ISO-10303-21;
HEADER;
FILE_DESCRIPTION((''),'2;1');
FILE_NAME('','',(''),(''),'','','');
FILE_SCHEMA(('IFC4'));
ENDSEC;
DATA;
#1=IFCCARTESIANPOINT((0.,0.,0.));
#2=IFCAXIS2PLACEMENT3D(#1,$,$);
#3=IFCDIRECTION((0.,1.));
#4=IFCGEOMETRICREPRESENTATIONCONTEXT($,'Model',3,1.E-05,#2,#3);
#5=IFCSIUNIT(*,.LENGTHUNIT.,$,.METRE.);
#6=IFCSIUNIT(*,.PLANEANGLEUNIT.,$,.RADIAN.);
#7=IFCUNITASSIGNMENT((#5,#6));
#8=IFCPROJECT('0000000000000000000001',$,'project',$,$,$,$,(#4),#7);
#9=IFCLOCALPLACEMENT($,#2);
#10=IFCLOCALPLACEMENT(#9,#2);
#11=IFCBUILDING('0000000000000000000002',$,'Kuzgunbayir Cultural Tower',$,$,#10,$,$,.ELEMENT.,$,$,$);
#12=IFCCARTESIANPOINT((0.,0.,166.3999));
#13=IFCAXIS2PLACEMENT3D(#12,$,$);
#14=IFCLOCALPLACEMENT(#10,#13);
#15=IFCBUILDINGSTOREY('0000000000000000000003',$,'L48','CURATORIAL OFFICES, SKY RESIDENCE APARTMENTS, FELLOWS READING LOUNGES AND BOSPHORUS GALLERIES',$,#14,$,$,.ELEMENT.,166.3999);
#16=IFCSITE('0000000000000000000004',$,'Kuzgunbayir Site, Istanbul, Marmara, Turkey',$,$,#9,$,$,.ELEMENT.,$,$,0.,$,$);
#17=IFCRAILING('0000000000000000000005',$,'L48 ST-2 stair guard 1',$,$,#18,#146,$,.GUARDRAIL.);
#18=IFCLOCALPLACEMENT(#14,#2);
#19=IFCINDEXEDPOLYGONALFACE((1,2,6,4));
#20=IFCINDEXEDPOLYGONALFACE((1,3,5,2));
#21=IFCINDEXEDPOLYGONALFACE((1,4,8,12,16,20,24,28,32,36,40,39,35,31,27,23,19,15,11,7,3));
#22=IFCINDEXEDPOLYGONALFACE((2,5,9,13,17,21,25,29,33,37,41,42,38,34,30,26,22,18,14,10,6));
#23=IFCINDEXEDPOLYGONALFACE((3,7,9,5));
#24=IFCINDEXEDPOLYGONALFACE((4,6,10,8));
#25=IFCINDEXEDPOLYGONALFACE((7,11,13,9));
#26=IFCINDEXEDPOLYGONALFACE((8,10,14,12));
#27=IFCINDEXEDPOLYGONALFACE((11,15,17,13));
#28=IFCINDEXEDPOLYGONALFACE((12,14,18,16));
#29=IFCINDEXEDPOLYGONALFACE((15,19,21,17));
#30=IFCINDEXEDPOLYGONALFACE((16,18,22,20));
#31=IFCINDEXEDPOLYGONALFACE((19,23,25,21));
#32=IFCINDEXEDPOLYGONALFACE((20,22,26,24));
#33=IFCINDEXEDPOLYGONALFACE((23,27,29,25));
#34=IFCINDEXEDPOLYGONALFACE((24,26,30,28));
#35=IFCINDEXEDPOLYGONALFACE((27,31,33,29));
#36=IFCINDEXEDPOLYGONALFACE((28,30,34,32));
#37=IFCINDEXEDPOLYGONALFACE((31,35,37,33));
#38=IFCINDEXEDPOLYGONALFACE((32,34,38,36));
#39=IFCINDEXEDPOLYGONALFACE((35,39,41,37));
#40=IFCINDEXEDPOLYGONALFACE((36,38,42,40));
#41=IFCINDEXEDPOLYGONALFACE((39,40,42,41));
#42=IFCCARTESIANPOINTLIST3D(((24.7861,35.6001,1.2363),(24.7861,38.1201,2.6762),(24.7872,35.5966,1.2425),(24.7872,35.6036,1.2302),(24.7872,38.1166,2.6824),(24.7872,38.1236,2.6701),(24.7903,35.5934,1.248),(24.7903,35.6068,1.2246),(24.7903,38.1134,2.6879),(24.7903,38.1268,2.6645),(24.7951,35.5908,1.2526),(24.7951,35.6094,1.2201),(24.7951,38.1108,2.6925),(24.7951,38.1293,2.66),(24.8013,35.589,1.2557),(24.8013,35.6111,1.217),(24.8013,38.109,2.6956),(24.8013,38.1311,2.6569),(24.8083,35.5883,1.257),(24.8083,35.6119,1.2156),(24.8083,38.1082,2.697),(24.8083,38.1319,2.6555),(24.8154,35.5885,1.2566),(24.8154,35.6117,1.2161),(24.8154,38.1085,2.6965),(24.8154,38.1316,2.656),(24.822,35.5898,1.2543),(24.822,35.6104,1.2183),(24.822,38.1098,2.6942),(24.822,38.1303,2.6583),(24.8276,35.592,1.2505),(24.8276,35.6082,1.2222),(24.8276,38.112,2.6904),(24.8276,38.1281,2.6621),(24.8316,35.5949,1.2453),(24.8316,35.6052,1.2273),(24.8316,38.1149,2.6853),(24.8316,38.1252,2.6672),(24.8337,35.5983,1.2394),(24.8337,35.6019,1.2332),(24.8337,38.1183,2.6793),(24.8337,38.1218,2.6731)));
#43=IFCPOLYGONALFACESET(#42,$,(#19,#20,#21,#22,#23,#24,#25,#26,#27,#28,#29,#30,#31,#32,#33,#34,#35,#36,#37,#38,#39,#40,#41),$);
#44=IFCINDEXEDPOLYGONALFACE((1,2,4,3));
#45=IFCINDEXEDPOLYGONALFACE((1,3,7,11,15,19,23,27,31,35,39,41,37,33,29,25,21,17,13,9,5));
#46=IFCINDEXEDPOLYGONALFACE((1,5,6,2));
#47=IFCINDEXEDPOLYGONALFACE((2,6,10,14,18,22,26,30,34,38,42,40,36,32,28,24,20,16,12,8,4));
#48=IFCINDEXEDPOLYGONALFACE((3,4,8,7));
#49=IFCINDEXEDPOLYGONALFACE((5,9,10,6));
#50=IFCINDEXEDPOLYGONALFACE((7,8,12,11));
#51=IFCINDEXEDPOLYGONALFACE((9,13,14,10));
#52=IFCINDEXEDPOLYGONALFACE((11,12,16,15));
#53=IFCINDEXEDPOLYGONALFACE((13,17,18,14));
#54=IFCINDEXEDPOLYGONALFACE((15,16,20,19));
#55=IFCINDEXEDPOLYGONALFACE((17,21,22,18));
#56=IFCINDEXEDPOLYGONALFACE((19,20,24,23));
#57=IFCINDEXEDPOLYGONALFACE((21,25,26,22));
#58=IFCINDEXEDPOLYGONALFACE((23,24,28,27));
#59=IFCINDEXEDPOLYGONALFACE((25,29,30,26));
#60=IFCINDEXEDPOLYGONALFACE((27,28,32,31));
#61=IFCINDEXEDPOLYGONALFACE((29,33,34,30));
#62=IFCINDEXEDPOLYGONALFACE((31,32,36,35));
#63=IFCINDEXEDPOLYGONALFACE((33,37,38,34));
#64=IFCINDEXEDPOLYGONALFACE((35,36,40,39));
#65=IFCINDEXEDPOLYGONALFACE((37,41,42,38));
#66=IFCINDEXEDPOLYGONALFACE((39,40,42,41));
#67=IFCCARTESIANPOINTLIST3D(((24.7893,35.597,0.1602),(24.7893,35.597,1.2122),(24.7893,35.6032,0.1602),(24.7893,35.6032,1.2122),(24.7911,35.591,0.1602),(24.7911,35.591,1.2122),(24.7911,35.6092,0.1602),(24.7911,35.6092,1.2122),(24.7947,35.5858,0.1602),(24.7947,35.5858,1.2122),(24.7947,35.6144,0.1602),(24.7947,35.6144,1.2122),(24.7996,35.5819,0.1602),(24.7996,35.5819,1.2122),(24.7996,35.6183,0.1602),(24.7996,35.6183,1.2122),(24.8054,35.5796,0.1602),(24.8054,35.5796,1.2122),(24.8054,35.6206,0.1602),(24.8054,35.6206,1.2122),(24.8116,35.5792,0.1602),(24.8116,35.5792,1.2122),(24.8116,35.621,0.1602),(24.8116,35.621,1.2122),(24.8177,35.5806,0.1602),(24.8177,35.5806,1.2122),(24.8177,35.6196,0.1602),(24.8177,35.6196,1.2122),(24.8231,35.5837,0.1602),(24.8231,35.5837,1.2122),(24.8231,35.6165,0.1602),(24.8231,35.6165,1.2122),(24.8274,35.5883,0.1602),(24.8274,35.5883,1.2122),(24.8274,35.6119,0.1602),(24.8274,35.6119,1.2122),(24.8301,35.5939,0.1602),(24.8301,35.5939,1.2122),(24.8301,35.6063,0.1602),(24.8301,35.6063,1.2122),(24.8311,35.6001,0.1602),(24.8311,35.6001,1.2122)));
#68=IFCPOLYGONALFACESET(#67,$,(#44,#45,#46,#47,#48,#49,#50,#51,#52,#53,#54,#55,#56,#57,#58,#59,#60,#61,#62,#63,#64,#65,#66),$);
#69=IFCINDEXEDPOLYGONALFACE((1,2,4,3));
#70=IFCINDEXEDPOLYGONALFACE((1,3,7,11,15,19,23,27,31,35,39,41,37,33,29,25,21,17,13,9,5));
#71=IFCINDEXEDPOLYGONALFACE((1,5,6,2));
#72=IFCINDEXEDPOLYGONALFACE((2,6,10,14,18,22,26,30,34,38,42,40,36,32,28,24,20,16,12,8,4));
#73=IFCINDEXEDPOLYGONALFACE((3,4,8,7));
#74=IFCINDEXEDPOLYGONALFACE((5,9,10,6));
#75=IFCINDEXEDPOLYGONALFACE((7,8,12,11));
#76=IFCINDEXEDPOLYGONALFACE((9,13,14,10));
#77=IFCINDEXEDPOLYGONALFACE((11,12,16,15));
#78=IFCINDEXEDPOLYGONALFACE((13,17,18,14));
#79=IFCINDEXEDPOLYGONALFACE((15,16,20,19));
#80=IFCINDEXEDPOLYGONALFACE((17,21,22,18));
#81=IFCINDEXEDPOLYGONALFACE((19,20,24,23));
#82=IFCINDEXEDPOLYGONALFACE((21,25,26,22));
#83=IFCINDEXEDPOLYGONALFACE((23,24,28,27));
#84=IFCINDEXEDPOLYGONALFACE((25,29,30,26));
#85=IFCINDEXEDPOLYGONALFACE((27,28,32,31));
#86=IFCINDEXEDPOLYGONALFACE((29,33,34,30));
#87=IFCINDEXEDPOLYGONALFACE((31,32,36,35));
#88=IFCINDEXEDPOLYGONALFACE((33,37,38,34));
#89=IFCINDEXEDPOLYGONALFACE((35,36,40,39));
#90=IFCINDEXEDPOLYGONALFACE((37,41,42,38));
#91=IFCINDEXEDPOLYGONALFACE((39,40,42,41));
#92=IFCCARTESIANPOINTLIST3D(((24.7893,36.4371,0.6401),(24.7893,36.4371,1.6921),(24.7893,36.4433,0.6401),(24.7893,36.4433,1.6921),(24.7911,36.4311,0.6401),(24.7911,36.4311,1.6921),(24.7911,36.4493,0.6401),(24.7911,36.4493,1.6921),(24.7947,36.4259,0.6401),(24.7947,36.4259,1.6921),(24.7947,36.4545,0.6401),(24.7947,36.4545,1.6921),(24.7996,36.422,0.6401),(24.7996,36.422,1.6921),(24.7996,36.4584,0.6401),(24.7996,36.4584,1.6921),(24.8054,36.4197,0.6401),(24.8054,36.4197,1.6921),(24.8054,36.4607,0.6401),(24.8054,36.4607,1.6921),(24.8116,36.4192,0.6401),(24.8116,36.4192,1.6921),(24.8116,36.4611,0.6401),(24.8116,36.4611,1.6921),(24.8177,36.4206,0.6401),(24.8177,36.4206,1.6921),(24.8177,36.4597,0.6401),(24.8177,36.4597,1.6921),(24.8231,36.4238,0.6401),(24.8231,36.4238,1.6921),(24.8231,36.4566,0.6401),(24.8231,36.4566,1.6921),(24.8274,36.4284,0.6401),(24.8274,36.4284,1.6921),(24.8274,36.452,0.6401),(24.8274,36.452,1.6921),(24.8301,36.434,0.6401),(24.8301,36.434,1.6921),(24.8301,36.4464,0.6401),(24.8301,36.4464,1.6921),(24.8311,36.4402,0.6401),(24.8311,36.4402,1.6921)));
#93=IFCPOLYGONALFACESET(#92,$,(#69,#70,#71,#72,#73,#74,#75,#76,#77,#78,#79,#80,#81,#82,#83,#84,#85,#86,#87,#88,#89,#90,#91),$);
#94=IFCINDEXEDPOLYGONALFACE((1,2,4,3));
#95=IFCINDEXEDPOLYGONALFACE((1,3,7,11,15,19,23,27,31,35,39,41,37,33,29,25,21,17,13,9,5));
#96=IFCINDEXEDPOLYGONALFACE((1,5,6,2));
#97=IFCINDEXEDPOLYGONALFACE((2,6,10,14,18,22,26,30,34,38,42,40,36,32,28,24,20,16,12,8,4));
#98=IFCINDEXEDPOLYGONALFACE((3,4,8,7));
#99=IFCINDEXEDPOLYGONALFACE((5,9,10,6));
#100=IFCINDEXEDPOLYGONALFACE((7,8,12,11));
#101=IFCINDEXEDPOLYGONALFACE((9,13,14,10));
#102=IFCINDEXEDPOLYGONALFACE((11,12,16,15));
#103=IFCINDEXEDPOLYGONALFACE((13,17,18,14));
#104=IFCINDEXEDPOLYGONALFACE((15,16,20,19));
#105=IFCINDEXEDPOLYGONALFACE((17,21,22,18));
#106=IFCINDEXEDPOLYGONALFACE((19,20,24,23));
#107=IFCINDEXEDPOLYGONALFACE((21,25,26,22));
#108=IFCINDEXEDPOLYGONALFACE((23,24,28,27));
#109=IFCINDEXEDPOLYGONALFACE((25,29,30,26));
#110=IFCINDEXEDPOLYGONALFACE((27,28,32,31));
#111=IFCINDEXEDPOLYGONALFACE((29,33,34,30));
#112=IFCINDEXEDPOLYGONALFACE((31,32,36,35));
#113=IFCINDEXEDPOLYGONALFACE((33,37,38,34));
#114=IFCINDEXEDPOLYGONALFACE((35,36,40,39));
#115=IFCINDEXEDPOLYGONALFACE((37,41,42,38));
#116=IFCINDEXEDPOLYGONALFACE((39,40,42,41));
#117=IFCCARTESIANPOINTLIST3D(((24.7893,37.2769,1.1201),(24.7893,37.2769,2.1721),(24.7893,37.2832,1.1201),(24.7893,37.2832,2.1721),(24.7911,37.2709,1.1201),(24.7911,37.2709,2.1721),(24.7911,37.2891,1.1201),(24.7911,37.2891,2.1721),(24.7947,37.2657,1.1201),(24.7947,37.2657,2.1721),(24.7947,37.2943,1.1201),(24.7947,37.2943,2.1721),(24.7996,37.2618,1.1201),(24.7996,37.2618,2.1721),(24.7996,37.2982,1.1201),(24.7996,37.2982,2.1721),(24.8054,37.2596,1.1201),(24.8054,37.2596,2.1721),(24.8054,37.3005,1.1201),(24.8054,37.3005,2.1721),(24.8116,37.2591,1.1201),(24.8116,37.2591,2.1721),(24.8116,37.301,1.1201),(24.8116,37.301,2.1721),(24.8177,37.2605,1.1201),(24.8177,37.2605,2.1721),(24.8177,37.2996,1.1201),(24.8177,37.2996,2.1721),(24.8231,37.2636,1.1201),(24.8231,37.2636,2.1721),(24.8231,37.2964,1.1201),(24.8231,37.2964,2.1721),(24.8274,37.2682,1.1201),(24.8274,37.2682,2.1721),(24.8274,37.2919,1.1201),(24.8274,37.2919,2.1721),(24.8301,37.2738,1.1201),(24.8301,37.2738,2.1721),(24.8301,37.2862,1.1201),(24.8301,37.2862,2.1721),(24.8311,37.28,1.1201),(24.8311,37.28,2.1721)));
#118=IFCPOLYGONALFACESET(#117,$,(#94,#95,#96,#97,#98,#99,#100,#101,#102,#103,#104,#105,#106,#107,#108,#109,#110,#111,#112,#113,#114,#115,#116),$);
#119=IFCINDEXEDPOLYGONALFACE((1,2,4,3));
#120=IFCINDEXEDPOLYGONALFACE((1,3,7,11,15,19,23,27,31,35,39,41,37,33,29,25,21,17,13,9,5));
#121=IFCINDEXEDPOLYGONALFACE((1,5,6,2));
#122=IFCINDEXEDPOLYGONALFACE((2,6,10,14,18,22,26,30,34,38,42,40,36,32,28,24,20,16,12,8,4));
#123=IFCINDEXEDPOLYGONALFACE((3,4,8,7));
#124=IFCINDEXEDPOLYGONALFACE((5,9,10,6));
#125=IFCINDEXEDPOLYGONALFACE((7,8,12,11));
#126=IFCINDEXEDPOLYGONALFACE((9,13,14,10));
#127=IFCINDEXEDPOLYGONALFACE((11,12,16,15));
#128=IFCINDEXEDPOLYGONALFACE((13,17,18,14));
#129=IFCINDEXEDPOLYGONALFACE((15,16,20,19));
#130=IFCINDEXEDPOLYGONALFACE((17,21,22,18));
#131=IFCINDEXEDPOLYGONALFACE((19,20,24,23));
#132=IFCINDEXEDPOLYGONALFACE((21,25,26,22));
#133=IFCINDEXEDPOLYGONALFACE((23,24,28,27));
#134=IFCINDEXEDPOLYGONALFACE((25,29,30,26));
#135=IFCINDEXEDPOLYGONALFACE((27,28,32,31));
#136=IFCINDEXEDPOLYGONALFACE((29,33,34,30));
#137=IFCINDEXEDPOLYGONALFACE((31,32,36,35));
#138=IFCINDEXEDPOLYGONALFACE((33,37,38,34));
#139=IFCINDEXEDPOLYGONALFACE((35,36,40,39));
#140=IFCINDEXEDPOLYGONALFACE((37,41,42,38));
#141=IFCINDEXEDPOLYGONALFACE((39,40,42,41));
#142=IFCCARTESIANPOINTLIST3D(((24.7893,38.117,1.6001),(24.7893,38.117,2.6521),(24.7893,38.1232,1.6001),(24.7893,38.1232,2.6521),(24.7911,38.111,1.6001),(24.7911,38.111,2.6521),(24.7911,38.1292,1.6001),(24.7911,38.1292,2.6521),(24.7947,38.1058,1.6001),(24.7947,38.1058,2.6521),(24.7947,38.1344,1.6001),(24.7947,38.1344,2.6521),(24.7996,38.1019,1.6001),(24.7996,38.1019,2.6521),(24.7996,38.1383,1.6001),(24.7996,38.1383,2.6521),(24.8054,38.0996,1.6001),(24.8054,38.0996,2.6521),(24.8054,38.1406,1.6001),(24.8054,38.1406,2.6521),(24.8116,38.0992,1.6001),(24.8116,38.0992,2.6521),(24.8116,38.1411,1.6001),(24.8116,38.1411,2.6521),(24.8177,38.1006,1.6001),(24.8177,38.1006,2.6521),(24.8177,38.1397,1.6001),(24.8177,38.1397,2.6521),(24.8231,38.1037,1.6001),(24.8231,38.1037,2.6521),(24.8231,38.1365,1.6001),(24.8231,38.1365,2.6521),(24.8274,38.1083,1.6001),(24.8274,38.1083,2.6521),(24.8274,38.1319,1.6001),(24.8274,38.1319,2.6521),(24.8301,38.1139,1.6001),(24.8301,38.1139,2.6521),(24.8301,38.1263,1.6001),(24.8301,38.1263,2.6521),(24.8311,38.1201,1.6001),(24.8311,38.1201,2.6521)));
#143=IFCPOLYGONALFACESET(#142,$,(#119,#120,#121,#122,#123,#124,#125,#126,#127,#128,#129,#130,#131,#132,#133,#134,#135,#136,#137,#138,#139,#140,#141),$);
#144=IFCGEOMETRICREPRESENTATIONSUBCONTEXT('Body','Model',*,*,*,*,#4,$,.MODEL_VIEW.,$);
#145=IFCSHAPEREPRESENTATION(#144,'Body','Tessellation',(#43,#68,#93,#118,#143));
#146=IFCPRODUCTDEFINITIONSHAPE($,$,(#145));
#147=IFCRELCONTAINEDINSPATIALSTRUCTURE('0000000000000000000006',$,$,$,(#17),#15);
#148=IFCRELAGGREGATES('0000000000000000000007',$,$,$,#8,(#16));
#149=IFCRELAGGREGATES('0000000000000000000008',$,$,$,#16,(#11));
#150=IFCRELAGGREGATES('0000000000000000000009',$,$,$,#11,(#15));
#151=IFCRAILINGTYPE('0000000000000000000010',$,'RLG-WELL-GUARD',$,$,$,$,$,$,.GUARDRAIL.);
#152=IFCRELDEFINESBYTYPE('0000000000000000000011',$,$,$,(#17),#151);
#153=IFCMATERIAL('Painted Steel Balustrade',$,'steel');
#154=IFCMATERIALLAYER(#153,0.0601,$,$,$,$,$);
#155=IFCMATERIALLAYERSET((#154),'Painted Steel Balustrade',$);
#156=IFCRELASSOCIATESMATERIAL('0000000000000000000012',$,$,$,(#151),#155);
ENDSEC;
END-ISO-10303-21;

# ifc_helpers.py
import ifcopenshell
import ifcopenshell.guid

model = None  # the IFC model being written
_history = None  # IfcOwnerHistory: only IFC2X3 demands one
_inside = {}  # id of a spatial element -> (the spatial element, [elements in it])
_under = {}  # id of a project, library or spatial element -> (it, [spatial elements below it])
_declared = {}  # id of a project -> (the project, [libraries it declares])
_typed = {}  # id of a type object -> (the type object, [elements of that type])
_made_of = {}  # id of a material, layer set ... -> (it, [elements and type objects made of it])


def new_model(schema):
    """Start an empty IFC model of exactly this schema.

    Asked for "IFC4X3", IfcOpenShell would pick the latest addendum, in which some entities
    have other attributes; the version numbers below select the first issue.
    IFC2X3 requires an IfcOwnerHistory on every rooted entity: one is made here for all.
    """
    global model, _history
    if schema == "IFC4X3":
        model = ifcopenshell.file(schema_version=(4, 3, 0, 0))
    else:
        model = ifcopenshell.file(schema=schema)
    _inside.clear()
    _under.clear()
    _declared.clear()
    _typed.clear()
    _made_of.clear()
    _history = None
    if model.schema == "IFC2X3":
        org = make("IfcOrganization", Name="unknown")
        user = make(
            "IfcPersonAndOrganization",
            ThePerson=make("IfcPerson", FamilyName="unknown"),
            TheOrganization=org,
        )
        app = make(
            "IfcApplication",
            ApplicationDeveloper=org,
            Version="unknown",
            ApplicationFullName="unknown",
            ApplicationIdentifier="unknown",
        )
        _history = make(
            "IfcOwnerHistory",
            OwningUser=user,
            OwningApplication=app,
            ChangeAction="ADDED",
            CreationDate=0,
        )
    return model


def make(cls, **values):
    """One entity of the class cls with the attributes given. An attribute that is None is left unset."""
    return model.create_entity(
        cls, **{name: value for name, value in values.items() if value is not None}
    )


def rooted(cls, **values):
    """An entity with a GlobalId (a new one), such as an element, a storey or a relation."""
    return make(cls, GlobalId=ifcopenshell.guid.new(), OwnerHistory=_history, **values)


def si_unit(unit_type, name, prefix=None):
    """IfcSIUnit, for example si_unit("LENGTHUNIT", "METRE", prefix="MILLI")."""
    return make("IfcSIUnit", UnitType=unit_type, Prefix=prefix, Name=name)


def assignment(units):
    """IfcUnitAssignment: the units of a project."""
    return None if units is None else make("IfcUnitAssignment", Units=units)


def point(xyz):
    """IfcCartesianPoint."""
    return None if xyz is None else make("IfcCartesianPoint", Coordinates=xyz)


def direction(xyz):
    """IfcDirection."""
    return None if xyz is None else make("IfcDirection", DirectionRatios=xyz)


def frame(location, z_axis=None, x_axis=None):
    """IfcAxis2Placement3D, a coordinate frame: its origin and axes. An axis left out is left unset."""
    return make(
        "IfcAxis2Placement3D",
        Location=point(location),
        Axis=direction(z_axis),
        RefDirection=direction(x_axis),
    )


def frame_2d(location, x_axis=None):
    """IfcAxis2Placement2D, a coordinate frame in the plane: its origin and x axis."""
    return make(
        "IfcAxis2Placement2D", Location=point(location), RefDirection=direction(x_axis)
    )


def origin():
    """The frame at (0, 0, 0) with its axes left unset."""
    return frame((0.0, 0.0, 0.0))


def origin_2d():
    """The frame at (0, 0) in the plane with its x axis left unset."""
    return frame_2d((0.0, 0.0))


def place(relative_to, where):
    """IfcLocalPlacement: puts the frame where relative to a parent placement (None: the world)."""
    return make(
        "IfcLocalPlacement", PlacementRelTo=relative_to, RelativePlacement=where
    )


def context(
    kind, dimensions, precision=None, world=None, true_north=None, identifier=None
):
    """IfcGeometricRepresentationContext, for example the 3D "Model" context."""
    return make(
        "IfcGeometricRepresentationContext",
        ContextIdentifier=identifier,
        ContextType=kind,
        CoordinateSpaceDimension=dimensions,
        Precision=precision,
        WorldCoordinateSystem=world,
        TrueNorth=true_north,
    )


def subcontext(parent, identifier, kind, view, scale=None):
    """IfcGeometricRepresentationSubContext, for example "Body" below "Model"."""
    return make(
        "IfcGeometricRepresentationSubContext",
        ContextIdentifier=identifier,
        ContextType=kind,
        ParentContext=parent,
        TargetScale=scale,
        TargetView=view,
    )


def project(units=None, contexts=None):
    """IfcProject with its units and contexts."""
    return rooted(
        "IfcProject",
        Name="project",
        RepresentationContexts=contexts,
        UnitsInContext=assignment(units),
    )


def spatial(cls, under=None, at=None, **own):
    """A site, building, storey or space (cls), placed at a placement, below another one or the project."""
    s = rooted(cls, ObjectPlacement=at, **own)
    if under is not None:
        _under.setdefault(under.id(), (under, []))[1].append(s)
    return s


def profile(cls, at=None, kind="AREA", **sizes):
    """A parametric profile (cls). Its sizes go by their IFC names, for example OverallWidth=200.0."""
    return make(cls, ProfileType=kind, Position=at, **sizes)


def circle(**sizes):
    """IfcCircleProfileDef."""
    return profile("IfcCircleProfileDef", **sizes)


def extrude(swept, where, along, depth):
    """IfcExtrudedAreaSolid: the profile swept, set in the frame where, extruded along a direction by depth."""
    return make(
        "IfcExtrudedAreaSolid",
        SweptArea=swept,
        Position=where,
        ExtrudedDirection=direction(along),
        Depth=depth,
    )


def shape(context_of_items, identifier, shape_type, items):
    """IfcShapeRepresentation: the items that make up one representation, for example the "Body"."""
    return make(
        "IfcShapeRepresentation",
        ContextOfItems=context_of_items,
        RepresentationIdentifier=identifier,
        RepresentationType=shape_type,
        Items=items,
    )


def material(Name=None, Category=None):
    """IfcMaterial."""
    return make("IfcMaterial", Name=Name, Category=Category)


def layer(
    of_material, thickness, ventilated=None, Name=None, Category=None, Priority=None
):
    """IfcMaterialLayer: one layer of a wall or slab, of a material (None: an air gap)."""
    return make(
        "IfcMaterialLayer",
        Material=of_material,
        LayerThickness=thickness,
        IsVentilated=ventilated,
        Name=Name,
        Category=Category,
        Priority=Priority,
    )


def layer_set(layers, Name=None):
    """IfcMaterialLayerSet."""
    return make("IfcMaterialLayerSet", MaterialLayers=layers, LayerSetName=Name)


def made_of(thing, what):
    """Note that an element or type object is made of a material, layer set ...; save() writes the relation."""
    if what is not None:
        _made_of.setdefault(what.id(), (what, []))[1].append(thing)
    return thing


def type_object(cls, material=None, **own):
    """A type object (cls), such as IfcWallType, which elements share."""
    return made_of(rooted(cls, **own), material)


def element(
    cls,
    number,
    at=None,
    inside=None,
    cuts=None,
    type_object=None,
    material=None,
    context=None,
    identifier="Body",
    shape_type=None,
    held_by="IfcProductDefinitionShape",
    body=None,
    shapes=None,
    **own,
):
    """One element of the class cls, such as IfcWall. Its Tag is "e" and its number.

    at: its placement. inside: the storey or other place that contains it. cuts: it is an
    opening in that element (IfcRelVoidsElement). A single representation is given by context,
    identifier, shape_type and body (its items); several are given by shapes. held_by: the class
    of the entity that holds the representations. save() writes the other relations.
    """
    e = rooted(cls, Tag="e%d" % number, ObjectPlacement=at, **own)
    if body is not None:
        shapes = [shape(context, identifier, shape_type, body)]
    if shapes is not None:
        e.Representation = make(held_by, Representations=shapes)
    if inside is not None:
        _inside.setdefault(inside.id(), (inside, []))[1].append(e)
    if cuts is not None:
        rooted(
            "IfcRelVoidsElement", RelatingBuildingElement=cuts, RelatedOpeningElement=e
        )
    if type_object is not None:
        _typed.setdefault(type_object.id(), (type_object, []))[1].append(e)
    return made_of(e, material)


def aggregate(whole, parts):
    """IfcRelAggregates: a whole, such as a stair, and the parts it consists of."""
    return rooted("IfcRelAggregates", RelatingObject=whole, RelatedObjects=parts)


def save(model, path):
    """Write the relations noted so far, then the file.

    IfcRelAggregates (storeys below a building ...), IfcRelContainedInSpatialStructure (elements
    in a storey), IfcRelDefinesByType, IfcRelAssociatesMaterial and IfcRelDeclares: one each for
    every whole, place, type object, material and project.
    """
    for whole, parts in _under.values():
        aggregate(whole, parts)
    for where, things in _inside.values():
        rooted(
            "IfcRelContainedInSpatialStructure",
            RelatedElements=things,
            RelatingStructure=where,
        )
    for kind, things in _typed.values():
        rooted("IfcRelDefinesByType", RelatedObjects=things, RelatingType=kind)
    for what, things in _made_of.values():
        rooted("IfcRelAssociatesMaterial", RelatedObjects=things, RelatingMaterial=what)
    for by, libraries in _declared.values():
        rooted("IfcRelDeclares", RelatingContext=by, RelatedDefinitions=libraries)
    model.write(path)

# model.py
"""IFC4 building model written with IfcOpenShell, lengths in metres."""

from ifc_helpers import new_model, si_unit, direction, frame, origin, origin_2d, place, context, subcontext, project, spatial, circle, extrude, material, layer, layer_set, type_object, element, save


model = new_model("IFC4")

# Units and contexts
model_context = context("Model", 3, precision=1e-05, world=origin(), true_north=direction((0.0, 1.0)))
body_context = subcontext(model_context, "Body", "Model", "MODEL_VIEW")
ifc_project = project(units=[si_unit("LENGTHUNIT", "METRE"), si_unit("PLANEANGLEUNIT", "RADIAN")], contexts=[model_context])

# Site, building, storey
site_placement = place(None, origin())
site = spatial("IfcSite", under=ifc_project, at=site_placement, Name="Kuzgunbayir Site, Istanbul, Marmara, Turkey", CompositionType="ELEMENT", RefElevation=0.0)
building_placement = place(site_placement, origin())
building = spatial("IfcBuilding", under=site, at=building_placement, Name="Kuzgunbayir Cultural Tower", CompositionType="ELEMENT")
storey_placement = place(building_placement, frame((0.0, 0.0, 166.3999)))
storey = spatial("IfcBuildingStorey", under=building, at=storey_placement, Name="L48", Description="CURATORIAL OFFICES, SKY RESIDENCE APARTMENTS, FELLOWS READING LOUNGES AND BOSPHORUS GALLERIES", CompositionType="ELEMENT", Elevation=166.3999)

# Railing
ifc_material_1 = material(Name="Painted Steel Balustrade", Category="steel")
ifc_layer_1 = layer(ifc_material_1, 0.0601)
ifc_layer_set_1 = layer_set([ifc_layer_1], Name="Painted Steel Balustrade")
railing_type_1 = type_object("IfcRailingType", Name="RLG-WELL-GUARD", PredefinedType="GUARDRAIL", material=ifc_layer_set_1)
railing_1_placement = place(storey_placement, frame((24.8101, 35.6001, 0.1602)))
element("IfcRailing", 1, at=railing_1_placement, inside=storey, type_object=railing_type_1, Name="L48 ST-2 stair guard 1", PredefinedType="GUARDRAIL", context=body_context, shape_type="SweptSolid", body=[
    extrude(circle(Radius=0.0239, at=origin_2d()), frame((0.0, 0.0, 1.0762), z_axis=(0.0, 0.868253, 0.496121), x_axis=(-1.0, 0.0, 0.0)), (0.0, 0.0, 1.0), 2.9023),
    extrude(circle(Radius=0.021, at=origin_2d()), origin(), (0.0, 0.0, 1.0), 1.052),
    extrude(circle(Radius=0.021, at=origin_2d()), frame((0.0, 0.8401, 0.48)), (0.0, 0.0, 1.0), 1.052),
    extrude(circle(Radius=0.021, at=origin_2d()), frame((0.0, 1.6799, 0.96)), (0.0, 0.0, 1.0), 1.052),
    extrude(circle(Radius=0.021, at=origin_2d()), frame((0.0, 2.52, 1.4399)), (0.0, 0.0, 1.0), 1.052),
])

save(model, "model.ifc")
